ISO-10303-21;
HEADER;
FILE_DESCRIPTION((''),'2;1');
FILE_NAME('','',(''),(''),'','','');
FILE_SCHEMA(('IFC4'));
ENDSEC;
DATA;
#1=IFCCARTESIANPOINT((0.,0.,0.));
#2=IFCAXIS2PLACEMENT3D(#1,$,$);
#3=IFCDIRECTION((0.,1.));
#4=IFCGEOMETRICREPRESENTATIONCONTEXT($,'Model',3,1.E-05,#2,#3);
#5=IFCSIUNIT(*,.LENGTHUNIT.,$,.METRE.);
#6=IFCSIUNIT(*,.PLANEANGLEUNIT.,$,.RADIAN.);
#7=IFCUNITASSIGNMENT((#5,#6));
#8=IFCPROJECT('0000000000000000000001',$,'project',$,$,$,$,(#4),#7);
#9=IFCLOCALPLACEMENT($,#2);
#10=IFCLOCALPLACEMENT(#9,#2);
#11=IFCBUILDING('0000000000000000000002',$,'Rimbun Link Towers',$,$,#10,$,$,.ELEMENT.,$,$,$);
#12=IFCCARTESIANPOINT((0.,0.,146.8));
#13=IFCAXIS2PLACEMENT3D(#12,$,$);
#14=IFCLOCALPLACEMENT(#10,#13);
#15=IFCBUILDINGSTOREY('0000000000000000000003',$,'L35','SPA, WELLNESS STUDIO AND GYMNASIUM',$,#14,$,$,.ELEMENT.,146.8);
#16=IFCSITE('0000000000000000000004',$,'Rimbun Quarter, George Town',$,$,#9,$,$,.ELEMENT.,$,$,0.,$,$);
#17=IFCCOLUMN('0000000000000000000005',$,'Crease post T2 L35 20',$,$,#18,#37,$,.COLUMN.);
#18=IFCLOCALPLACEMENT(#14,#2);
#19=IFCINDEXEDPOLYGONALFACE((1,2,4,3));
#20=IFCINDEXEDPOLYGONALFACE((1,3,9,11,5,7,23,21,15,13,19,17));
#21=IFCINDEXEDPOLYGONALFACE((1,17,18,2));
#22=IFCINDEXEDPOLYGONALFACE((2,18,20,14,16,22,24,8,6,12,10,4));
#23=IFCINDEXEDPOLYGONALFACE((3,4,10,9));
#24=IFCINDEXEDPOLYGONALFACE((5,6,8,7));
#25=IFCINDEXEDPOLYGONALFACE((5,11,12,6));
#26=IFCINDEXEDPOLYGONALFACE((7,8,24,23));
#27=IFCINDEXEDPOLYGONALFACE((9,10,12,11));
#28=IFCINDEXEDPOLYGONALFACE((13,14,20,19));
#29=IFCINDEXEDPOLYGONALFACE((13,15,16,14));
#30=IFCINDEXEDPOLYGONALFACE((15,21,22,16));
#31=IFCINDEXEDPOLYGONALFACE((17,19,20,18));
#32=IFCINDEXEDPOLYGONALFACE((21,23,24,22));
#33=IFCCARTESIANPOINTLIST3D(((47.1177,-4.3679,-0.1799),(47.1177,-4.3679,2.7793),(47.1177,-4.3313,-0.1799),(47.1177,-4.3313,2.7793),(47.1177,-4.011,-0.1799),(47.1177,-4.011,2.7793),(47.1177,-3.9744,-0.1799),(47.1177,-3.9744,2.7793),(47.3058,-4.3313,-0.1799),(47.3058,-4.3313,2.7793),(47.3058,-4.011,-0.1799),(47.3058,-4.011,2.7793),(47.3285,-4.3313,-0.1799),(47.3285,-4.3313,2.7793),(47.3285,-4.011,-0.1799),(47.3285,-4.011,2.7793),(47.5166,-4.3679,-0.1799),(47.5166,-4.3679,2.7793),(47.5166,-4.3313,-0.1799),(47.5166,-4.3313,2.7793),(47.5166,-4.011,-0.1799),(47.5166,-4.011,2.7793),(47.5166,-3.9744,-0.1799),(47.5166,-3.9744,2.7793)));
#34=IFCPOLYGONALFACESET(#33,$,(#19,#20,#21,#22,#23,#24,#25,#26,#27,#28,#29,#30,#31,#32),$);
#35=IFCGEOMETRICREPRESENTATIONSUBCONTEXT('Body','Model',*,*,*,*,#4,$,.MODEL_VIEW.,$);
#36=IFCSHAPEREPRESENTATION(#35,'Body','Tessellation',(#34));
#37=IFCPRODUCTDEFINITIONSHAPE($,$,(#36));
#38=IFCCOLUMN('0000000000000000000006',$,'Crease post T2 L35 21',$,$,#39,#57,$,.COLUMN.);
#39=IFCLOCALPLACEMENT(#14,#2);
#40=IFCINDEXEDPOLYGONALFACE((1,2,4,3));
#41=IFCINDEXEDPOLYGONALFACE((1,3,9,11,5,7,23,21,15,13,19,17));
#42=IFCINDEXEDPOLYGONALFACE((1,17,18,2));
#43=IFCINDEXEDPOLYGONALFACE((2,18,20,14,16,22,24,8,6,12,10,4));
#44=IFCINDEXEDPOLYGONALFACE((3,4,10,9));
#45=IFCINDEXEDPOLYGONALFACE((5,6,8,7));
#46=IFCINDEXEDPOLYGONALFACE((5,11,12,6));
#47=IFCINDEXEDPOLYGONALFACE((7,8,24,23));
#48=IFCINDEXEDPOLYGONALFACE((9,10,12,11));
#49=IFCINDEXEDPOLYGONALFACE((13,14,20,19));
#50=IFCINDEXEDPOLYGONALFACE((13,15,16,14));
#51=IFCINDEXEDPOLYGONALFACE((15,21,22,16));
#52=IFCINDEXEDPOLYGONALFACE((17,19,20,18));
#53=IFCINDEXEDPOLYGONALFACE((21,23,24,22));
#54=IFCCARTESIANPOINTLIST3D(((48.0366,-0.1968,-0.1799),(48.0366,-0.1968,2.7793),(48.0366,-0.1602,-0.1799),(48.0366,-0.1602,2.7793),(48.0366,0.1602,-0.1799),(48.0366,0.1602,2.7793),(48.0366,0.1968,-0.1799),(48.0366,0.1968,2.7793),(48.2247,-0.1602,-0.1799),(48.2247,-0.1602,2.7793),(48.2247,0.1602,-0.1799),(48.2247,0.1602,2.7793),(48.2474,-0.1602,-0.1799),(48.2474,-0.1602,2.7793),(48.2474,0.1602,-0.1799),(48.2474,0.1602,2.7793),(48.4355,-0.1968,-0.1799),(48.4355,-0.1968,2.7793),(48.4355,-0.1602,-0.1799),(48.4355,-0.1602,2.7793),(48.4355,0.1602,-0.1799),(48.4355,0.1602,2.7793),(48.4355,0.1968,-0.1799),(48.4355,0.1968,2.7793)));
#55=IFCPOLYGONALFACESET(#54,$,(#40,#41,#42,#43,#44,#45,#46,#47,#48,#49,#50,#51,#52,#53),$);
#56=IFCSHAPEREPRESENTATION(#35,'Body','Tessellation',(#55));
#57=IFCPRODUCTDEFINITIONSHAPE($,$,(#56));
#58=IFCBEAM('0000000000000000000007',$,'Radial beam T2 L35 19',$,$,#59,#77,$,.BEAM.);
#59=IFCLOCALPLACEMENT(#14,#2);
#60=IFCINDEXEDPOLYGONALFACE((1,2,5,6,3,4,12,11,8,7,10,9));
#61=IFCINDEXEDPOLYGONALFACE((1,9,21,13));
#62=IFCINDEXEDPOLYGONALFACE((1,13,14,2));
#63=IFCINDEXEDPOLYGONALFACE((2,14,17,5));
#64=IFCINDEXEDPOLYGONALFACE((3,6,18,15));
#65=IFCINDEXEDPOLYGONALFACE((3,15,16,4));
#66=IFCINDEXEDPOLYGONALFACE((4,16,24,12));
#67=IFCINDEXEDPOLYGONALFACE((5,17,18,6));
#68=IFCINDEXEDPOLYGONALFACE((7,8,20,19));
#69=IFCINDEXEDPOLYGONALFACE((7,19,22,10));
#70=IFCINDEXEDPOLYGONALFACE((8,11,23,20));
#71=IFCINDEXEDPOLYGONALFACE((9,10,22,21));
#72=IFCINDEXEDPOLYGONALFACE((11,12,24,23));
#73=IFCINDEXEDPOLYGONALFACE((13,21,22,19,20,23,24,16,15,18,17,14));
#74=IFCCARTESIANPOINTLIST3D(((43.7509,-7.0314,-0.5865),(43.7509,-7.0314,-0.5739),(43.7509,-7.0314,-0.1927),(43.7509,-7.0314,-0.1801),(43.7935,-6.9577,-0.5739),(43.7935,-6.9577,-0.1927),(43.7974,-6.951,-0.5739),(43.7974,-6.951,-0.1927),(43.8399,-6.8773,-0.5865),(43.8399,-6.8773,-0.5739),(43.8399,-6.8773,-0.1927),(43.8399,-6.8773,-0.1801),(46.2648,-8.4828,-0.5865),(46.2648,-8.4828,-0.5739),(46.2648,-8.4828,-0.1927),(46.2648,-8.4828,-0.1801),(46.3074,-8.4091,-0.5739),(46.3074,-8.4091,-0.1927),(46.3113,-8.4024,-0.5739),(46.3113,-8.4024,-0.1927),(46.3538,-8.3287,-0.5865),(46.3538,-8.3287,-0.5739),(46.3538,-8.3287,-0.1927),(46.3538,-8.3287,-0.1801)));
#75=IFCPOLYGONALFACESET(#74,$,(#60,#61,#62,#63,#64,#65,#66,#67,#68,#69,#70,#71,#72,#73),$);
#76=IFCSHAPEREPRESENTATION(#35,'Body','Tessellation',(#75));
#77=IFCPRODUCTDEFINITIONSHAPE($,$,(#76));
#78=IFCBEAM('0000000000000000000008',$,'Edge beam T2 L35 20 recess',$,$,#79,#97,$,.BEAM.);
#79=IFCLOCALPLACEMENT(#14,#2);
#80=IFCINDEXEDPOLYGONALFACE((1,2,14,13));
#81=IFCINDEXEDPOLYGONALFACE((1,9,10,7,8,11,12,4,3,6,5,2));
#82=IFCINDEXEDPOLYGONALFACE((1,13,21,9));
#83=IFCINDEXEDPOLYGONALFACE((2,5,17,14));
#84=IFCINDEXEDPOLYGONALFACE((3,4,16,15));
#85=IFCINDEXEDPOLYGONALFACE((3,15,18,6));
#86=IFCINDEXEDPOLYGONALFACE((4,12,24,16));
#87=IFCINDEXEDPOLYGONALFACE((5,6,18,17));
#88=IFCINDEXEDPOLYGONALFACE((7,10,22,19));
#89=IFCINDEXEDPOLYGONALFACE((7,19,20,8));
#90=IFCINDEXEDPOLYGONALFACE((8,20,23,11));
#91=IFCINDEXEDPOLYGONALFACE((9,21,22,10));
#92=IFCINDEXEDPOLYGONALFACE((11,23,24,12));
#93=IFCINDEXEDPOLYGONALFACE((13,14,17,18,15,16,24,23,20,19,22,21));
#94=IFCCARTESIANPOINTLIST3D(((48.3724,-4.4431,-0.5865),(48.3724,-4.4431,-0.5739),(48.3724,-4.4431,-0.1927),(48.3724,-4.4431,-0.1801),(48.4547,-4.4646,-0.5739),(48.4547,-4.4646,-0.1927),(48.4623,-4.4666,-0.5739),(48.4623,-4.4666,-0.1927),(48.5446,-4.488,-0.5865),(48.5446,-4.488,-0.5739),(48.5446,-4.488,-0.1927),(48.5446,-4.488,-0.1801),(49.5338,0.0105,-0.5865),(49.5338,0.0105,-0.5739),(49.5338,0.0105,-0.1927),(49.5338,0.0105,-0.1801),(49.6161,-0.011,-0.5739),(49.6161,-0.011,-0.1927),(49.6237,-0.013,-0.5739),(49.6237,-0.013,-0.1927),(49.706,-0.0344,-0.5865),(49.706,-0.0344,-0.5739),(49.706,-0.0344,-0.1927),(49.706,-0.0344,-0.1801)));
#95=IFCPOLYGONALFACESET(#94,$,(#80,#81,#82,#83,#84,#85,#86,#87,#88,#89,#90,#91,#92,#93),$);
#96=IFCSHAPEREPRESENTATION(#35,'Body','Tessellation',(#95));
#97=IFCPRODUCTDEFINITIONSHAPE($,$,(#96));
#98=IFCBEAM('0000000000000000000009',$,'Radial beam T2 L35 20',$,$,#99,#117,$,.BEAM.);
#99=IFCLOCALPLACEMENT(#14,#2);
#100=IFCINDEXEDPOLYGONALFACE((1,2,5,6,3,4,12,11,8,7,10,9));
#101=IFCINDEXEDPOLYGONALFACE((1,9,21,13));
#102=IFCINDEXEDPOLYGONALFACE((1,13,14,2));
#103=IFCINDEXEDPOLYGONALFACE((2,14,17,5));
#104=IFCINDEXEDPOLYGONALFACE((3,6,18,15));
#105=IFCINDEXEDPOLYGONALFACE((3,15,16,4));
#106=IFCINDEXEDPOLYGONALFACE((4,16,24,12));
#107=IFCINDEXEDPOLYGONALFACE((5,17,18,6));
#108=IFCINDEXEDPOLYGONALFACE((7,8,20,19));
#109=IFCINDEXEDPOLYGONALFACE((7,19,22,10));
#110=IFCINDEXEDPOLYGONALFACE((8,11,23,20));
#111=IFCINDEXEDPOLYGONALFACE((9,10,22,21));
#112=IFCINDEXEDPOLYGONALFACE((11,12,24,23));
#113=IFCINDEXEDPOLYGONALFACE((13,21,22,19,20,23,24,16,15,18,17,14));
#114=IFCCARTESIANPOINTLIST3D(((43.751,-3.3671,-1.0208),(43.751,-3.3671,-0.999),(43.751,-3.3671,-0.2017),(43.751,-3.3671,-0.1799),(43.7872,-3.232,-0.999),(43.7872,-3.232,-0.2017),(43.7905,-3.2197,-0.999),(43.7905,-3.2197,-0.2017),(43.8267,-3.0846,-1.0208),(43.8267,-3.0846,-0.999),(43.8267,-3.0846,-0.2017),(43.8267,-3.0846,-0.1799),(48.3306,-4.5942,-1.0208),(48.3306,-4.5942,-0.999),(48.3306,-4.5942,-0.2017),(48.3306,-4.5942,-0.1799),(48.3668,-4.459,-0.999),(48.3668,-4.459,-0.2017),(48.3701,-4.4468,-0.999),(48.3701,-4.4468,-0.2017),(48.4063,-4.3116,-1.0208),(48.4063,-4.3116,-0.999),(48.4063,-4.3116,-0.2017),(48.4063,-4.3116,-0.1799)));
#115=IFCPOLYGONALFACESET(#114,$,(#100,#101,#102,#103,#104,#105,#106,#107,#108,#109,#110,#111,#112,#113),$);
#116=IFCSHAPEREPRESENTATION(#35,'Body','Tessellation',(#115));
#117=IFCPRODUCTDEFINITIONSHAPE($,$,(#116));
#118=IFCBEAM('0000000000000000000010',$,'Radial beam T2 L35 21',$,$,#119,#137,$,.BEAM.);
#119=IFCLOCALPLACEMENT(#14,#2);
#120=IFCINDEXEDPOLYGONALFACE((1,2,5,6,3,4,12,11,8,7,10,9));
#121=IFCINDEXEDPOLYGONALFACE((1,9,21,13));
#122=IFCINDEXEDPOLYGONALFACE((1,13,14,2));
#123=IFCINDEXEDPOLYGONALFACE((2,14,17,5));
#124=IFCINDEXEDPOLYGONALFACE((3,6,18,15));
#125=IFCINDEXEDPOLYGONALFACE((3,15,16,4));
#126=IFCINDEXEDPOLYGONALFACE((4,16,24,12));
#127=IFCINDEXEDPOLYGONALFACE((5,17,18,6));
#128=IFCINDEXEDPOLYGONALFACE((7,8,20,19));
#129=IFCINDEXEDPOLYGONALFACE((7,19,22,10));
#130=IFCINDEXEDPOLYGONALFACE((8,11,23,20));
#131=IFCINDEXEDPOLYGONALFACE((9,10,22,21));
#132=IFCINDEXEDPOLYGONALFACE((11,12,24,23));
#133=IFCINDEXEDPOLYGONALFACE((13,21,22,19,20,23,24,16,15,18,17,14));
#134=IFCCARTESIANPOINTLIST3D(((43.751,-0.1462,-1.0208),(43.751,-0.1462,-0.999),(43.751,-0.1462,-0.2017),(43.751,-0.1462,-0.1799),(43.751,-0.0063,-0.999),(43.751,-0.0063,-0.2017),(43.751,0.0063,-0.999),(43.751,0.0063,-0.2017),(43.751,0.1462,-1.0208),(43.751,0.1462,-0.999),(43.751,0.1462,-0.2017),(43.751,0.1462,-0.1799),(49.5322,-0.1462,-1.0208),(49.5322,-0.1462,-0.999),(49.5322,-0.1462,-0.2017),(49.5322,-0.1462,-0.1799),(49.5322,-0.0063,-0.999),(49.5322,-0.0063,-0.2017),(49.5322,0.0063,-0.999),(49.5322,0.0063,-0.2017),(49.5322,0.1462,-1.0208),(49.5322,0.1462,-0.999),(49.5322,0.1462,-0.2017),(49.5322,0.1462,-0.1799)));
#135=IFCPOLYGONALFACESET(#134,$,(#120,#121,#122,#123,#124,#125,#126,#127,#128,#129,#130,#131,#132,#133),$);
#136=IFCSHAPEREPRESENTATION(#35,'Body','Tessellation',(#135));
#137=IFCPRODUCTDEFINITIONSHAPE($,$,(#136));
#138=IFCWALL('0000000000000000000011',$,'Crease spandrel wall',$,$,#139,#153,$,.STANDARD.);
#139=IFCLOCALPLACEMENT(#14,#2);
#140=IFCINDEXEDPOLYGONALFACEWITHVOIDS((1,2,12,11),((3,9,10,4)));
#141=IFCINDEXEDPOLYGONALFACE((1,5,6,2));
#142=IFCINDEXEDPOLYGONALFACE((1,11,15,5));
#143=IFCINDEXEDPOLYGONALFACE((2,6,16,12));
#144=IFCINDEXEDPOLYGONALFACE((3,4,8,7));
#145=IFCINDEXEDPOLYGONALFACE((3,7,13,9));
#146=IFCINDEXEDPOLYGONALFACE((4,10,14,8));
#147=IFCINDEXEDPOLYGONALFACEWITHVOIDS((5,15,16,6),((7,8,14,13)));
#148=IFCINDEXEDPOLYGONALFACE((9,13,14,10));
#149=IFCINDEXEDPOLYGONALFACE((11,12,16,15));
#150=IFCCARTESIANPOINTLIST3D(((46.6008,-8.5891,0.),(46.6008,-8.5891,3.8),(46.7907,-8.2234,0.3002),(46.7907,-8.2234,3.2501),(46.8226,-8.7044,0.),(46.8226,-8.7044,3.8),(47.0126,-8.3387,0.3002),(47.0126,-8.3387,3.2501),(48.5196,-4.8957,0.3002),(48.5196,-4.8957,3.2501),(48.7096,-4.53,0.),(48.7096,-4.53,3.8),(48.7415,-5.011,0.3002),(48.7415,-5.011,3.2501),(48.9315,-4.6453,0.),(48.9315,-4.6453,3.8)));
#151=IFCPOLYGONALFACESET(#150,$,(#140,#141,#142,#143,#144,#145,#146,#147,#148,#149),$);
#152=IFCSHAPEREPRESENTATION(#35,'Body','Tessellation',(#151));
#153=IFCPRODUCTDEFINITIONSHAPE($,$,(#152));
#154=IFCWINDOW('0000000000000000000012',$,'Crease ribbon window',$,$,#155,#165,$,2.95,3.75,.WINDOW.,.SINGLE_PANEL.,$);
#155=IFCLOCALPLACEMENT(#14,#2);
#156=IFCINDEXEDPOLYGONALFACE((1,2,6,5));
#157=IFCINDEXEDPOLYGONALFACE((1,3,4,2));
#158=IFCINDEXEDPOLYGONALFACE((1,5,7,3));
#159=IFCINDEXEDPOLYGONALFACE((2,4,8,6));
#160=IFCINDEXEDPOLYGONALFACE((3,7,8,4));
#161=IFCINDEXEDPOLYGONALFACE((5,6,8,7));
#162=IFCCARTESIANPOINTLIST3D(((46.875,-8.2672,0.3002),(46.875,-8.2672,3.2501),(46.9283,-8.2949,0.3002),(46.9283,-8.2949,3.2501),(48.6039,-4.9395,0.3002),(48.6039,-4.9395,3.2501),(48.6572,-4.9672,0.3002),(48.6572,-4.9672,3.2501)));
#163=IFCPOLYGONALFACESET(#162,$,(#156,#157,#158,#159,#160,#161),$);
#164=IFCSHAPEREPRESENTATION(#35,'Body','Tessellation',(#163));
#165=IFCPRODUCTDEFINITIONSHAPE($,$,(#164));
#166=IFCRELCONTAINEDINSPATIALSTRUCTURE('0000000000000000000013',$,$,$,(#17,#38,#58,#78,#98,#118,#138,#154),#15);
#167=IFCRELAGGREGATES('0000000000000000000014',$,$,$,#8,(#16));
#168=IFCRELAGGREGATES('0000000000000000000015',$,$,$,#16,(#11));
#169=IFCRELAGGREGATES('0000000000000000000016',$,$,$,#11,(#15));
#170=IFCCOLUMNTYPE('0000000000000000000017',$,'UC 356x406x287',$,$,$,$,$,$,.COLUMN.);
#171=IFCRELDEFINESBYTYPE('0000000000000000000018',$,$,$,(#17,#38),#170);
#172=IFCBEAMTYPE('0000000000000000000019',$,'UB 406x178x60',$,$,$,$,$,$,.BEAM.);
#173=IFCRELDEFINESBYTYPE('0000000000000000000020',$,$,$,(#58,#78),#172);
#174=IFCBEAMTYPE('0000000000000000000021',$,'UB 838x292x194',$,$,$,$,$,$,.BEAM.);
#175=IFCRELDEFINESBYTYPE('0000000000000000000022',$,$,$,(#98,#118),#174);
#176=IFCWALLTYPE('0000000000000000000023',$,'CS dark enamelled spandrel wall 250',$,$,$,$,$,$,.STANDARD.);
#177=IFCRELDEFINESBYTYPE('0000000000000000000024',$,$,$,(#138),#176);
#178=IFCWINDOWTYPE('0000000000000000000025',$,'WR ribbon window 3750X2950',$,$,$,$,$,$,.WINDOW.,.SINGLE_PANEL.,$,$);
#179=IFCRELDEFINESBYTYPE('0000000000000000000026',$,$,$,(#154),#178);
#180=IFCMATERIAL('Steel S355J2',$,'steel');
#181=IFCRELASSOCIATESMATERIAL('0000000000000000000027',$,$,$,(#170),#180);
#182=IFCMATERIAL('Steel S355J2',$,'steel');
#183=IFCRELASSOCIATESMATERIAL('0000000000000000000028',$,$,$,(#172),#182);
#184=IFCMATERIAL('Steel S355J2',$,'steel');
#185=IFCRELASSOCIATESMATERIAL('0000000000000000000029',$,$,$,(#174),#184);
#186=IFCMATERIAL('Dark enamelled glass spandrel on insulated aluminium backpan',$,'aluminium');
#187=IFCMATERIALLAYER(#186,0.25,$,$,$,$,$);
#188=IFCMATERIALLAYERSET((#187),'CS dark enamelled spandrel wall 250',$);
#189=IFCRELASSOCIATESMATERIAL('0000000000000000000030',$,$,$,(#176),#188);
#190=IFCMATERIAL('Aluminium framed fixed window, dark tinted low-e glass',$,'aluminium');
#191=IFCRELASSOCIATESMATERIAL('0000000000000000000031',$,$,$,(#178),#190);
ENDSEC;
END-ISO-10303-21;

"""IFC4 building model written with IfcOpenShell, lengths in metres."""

from ifc_helpers import new_model, si_unit, direction, frame, frame_2d, origin, origin_2d, place, context, subcontext, project, spatial, rectangle, i_section, extrude, material, layer, layer_set, material_profile, profile_set, type_object, element, fill, save


model = new_model("IFC4")

# Units and contexts
model_context = context("Model", 3, precision=1e-05, world=origin(), true_north=direction((0.0, 1.0)))
body_context = subcontext(model_context, "Body", "Model", "MODEL_VIEW")
ifc_project = project(units=[si_unit("LENGTHUNIT", "METRE"), si_unit("PLANEANGLEUNIT", "RADIAN")], contexts=[model_context])

# Site, building, storey
site_placement = place(None, origin())
site = spatial("IfcSite", under=ifc_project, at=site_placement, Name="Rimbun Quarter, George Town", CompositionType="ELEMENT", RefElevation=0.0)
building_placement = place(site_placement, origin())
building = spatial("IfcBuilding", under=site, at=building_placement, Name="Rimbun Link Towers", CompositionType="ELEMENT")
storey_placement = place(building_placement, frame((0.0, 0.0, 146.8)))
storey = spatial("IfcBuildingStorey", under=building, at=storey_placement, Name="L35", Description="SPA, WELLNESS STUDIO AND GYMNASIUM", CompositionType="ELEMENT", Elevation=146.8)

# Columns
ifc_material_1 = material(Name="Steel S355J2", Category="steel")
ifc_material_profile_1 = material_profile(ifc_material_1, i_section(OverallWidth=0.3989, OverallDepth=0.3936, WebThickness=0.0227, FlangeThickness=0.0366, at=origin_2d()), Name="UC 356x406x287")
ifc_profile_set_1 = profile_set([ifc_material_profile_1], Name="Steel S355J2")
column_type = type_object("IfcColumnType", Name="UC 356x406x287", PredefinedType="COLUMN", material=ifc_profile_set_1)
for number, where, z_axis, x_axis, name in (
    (1, (47.3171, -4.1711, -0.1799), (0.0, 0.0, 1.0), (1.0, 0.0, 0.0), "Crease post T2 L35 20"),
    (2, (48.2361, 0.0, -0.1799), (0.0, 0.0, 1.0), (1.0, 0.0, 0.0), "Crease post T2 L35 21"),
):
    element("IfcColumn", number, at=place(storey_placement, frame(where, z_axis=z_axis, x_axis=x_axis)), inside=storey, type_object=column_type, Name=name, PredefinedType="COLUMN", context=body_context, shape_type="SweptSolid", body=[
        extrude(i_section(OverallWidth=0.3989, OverallDepth=0.3936, WebThickness=0.0227, FlangeThickness=0.0366, at=origin_2d()), origin(), (0.0, 0.0, 1.0), 2.9592),
    ])

# Beams
ifc_material_2 = material(Name="Steel S355J2", Category="steel")
ifc_material_profile_2 = material_profile(ifc_material_2, i_section(OverallWidth=0.178, OverallDepth=0.4065, WebThickness=0.0078, FlangeThickness=0.0127, at=origin_2d()), Name="UB 406x178x60")
ifc_profile_set_2 = profile_set([ifc_material_profile_2], Name="Steel S355J2")
beam_type_1 = type_object("IfcBeamType", Name="UB 406x178x60", PredefinedType="BEAM", material=ifc_profile_set_2)
beam_1_placement = place(storey_placement, frame((43.7954, -6.9543, -0.3833), z_axis=(0.866025, -0.500002, 0.0), x_axis=(0.500002, 0.866025, 0.0)))
element("IfcBeam", 3, at=beam_1_placement, inside=storey, type_object=beam_type_1, Name="Radial beam T2 L35 19", PredefinedType="BEAM", context=body_context, shape_type="SweptSolid", body=[
    extrude(i_section(OverallWidth=0.178, OverallDepth=0.4065, WebThickness=0.0078, FlangeThickness=0.0127, at=origin_2d()), origin(), (0.0, 0.0, 1.0), 2.9028),
])
beam_2_placement = place(storey_placement, frame((48.4585, -4.4656, -0.3833), z_axis=(0.252333, 0.96764, 0.0), x_axis=(-0.96764, 0.252333, 0.0)))
element("IfcBeam", 4, at=beam_2_placement, inside=storey, type_object=beam_type_1, Name="Edge beam T2 L35 20 recess", PredefinedType="BEAM", context=body_context, shape_type="SweptSolid", body=[
    extrude(i_section(OverallWidth=0.178, OverallDepth=0.4065, WebThickness=0.0078, FlangeThickness=0.0127, at=origin_2d()), origin(), (0.0, 0.0, 1.0), 4.6025),
])
ifc_material_3 = material(Name="Steel S355J2", Category="steel")
ifc_material_profile_3 = material_profile(ifc_material_3, i_section(OverallWidth=0.2925, OverallDepth=0.8408, WebThickness=0.0127, FlangeThickness=0.0217, at=origin_2d()), Name="UB 838x292x194")
ifc_profile_set_3 = profile_set([ifc_material_profile_3], Name="Steel S355J2")
beam_type_2 = type_object("IfcBeamType", Name="UB 838x292x194", PredefinedType="BEAM", material=ifc_profile_set_3)
beam_3_placement = place(storey_placement, frame((43.7888, -3.2258, -0.6003), z_axis=(0.965928, -0.25881, 0.0), x_axis=(0.25881, 0.965928, 0.0)))
element("IfcBeam", 5, at=beam_3_placement, inside=storey, type_object=beam_type_2, Name="Radial beam T2 L35 20", PredefinedType="BEAM", context=body_context, shape_type="SweptSolid", body=[
    extrude(i_section(OverallWidth=0.2925, OverallDepth=0.8408, WebThickness=0.0127, FlangeThickness=0.0217, at=origin_2d()), origin(), (0.0, 0.0, 1.0), 4.7412),
])
beam_4_placement = place(storey_placement, frame((43.751, 0.0, -0.6003), z_axis=(1.0, 0.0, 0.0), x_axis=(0.0, 1.0, 0.0)))
element("IfcBeam", 6, at=beam_4_placement, inside=storey, type_object=beam_type_2, Name="Radial beam T2 L35 21", PredefinedType="BEAM", context=body_context, shape_type="SweptSolid", body=[
    extrude(i_section(OverallWidth=0.2925, OverallDepth=0.8408, WebThickness=0.0127, FlangeThickness=0.0217, at=origin_2d()), origin(), (0.0, 0.0, 1.0), 5.7812),
])

# Wall, opening, window
ifc_material_4 = material(Name="Dark enamelled glass spandrel on insulated aluminium backpan", Category="aluminium")
ifc_layer_1 = layer(ifc_material_4, 0.25)
ifc_layer_set_1 = layer_set([ifc_layer_1], Name="CS dark enamelled spandrel wall 250")
wall_type_1 = type_object("IfcWallType", Name="CS dark enamelled spandrel wall 250", PredefinedType="STANDARD", material=ifc_layer_set_1)
wall_1_placement = place(storey_placement, frame((48.8206, -4.5876, 0.0), z_axis=(0.0, 0.0, 1.0), x_axis=(-0.461037, -0.887381, 0.0)))
wall_1 = element("IfcWall", 7, at=wall_1_placement, inside=storey, type_object=wall_type_1, Name="Crease spandrel wall", PredefinedType="STANDARD", context=body_context, shape_type="SweptSolid", body=[
    extrude(rectangle(XDim=4.5742, YDim=0.25, at=frame_2d((2.2871, 0.0))), origin(), (0.0, 0.0, 1.0), 3.8),
])
opening_1_placement = place(wall_1_placement, frame((0.4121, 0.0, 0.3)))
opening_1 = element("IfcOpeningElement", 8, at=opening_1_placement, cuts=wall_1, PredefinedType="OPENING", context=body_context, shape_type="SweptSolid", body=[
    extrude(rectangle(XDim=3.75, YDim=2.95, at=frame_2d((1.875, 1.4751))), frame((0.0, 0.135, 0.0), z_axis=(0.0, -1.0, 0.0), x_axis=(1.0, 0.0, 0.0)), (0.0, 0.0, 1.0), 0.27),
])
ifc_material_5 = material(Name="Aluminium framed fixed window, dark tinted low-e glass", Category="aluminium")
window_type_1 = type_object("IfcWindowType", Name="WR ribbon window 3750X2950", PartitioningType="SINGLE_PANEL", PredefinedType="WINDOW", material=ifc_material_5)
window_1_placement = place(opening_1_placement, origin())
window_1 = element("IfcWindow", 9, at=window_1_placement, inside=storey, type_object=window_type_1, Name="Crease ribbon window", OverallHeight=2.95, OverallWidth=3.75, PartitioningType="SINGLE_PANEL", PredefinedType="WINDOW", context=body_context, shape_type="SweptSolid", body=[
    extrude(rectangle(XDim=3.75, YDim=2.95, at=frame_2d((1.875, 1.4751))), frame((0.0, 0.03, 0.0), z_axis=(0.0, -1.0, 0.0), x_axis=(1.0, 0.0, 0.0)), (0.0, 0.0, 1.0), 0.0601),
])
fill(opening_1, window_1)

save(model, "model.ifc")
